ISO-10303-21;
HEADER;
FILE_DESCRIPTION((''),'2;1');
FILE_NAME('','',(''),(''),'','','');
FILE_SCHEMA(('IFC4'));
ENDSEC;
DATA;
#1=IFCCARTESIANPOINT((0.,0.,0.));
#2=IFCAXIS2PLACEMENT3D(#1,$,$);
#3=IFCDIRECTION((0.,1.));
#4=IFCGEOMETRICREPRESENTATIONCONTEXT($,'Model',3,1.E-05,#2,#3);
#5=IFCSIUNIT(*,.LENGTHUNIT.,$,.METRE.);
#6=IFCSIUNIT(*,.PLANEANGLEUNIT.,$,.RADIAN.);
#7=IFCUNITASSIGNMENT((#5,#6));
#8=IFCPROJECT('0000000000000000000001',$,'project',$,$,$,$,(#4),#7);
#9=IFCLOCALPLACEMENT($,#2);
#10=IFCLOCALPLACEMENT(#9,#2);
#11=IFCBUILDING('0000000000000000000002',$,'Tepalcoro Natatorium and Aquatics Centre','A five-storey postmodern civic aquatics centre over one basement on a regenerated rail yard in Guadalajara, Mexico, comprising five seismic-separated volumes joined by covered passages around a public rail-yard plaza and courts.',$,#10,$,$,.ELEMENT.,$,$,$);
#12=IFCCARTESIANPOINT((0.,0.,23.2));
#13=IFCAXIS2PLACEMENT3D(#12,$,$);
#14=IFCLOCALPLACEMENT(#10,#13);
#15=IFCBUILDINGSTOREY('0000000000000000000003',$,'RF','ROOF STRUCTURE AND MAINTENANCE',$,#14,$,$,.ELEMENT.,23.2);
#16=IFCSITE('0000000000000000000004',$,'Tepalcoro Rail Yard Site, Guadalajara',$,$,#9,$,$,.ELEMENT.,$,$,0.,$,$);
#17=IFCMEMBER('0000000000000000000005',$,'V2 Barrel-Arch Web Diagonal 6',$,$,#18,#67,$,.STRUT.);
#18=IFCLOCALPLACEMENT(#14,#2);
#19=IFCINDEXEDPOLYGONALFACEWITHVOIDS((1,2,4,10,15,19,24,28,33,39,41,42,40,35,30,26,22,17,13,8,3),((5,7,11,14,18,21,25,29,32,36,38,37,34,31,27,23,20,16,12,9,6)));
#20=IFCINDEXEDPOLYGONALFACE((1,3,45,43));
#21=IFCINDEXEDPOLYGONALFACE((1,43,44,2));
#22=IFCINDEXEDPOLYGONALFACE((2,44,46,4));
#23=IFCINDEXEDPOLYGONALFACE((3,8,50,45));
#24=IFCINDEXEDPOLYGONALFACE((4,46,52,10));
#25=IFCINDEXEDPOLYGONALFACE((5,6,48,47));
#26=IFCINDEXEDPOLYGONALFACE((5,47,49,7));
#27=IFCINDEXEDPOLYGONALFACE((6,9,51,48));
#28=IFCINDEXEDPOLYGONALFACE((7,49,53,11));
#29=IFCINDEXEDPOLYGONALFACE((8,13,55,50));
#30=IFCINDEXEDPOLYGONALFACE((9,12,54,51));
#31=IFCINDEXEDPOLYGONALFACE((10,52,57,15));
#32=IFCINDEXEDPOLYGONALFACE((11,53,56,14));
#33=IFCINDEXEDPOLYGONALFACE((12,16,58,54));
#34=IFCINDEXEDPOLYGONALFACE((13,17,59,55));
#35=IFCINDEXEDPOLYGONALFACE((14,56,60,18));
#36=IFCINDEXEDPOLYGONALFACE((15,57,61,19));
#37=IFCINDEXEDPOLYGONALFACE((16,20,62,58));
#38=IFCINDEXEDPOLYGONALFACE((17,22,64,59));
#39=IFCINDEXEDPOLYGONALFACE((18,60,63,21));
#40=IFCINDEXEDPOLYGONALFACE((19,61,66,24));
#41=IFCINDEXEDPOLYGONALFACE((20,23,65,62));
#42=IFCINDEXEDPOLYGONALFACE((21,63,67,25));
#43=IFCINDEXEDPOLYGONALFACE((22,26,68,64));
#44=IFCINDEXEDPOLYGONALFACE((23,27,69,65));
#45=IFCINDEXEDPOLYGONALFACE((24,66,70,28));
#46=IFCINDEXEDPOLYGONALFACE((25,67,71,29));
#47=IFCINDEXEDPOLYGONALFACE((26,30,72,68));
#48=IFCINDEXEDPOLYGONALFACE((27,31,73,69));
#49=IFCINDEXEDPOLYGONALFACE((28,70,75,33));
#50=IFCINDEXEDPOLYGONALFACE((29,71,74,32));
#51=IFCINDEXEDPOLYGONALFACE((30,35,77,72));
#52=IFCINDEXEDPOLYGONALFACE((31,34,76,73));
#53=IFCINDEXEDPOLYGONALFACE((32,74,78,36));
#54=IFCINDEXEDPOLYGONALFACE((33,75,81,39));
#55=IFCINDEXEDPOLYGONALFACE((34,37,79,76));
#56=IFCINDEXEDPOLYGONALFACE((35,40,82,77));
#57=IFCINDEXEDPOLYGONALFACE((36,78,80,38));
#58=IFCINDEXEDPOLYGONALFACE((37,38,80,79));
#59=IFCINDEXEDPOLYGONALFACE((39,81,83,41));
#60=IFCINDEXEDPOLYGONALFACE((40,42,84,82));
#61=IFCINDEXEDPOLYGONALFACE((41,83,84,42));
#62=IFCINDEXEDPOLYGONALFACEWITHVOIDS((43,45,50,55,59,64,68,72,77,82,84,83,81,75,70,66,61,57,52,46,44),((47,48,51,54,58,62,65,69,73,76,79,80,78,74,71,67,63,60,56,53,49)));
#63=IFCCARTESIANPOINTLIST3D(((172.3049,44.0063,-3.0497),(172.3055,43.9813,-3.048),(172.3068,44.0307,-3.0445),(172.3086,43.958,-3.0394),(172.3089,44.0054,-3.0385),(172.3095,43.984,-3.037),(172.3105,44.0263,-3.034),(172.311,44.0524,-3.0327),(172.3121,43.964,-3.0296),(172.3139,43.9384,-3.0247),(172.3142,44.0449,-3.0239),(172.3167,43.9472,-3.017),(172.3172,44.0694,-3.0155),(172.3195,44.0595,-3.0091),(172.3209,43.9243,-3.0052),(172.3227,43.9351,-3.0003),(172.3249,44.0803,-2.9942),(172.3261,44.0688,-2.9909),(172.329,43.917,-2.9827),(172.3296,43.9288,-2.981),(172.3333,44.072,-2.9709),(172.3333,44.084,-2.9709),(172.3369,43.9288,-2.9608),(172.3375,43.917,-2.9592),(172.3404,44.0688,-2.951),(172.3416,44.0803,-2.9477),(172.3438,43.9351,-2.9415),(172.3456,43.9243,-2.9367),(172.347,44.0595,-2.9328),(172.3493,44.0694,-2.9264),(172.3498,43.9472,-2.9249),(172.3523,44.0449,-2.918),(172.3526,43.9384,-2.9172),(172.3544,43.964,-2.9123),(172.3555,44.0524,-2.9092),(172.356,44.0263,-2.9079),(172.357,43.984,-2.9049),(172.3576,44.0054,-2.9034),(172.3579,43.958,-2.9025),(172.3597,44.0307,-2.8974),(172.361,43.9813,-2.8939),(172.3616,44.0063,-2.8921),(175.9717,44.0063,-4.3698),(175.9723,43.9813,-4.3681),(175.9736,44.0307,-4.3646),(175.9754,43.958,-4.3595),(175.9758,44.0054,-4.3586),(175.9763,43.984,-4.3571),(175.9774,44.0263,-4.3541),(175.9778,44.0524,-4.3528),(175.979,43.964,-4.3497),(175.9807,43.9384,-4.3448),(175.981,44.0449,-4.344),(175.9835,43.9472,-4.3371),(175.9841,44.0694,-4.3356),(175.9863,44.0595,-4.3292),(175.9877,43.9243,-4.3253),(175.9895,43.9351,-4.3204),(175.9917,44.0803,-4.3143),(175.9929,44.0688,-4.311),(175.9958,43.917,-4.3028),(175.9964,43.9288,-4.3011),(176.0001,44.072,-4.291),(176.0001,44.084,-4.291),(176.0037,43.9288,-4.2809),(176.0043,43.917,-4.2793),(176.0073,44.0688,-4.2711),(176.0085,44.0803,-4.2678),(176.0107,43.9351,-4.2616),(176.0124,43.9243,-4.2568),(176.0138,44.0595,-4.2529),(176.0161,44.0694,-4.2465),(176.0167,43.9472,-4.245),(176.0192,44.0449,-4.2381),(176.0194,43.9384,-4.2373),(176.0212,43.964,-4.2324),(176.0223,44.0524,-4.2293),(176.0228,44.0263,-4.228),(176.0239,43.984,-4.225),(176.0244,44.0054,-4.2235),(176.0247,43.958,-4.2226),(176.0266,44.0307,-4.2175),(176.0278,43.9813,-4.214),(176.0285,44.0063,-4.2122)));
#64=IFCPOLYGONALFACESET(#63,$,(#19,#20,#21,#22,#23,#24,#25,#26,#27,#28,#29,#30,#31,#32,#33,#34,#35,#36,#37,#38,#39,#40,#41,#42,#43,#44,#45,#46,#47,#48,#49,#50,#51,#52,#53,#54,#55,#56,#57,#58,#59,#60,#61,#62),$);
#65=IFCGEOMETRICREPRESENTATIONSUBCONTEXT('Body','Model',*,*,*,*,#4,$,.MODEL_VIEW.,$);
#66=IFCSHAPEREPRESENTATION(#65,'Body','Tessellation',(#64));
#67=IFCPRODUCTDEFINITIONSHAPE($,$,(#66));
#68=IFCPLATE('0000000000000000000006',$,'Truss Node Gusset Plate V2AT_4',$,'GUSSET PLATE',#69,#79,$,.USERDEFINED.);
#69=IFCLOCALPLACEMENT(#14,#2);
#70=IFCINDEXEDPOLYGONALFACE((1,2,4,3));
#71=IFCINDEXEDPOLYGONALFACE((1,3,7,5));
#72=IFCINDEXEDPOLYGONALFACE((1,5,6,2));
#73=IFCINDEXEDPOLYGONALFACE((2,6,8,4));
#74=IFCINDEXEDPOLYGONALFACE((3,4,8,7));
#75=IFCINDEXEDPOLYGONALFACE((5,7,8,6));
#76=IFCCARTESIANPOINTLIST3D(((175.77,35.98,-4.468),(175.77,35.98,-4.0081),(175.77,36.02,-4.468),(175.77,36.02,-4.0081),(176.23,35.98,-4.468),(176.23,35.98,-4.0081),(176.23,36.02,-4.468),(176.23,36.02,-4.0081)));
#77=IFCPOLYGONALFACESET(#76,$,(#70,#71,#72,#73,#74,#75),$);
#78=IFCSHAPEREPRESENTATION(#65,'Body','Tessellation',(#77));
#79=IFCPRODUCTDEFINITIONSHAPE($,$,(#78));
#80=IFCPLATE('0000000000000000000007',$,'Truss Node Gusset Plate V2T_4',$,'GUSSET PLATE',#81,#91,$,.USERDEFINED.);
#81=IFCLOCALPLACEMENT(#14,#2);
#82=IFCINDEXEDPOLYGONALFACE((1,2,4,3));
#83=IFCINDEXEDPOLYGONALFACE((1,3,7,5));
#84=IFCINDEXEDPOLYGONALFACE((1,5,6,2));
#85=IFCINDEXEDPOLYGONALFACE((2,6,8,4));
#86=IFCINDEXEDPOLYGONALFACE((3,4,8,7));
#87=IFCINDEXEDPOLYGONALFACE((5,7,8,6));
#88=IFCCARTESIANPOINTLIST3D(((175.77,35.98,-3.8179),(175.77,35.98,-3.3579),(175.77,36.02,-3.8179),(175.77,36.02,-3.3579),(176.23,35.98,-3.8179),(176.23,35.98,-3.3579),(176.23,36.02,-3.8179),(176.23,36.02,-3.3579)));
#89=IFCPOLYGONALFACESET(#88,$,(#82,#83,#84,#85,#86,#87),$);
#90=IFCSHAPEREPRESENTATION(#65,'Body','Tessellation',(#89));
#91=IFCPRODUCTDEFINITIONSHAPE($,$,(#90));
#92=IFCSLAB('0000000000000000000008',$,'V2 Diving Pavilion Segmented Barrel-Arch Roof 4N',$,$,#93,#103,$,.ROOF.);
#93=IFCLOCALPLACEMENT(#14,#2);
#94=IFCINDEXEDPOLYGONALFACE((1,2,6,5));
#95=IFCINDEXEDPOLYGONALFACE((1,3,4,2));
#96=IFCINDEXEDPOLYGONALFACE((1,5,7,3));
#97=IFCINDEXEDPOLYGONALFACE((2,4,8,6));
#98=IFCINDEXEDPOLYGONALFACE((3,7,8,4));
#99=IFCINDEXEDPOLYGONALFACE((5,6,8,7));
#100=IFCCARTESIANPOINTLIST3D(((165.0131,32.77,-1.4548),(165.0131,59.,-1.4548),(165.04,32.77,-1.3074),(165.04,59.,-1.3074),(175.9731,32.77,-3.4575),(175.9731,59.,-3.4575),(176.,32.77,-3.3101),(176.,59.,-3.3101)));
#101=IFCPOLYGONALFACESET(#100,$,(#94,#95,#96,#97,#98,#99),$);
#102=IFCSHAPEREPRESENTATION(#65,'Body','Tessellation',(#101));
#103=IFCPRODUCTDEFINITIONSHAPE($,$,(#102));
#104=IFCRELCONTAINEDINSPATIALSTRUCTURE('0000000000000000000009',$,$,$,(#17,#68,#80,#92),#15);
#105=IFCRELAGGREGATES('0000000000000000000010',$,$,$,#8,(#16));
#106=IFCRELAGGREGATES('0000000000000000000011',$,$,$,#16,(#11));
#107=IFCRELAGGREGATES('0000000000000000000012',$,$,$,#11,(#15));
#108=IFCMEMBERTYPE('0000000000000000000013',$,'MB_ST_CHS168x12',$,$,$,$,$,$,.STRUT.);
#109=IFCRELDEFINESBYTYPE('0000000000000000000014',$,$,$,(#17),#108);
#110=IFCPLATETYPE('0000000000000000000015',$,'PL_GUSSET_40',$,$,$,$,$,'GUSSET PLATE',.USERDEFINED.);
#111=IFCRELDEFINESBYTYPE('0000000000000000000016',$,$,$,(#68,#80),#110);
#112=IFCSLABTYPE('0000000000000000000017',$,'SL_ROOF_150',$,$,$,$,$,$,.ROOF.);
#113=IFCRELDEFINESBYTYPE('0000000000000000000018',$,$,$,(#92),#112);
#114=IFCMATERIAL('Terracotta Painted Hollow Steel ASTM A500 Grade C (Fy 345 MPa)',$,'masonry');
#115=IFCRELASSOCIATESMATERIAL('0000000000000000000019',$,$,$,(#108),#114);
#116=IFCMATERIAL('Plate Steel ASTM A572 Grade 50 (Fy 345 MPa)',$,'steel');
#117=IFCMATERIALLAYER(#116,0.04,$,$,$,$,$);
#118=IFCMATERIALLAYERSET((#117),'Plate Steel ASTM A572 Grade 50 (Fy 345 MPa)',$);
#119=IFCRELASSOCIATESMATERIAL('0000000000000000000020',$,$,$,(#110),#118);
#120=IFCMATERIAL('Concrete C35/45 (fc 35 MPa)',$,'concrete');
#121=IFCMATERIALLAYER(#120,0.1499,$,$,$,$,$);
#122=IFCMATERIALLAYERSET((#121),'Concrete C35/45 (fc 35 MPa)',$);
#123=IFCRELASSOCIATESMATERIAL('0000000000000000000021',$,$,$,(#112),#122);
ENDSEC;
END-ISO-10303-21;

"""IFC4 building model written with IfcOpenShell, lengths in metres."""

from ifc_helpers import new_model, si_unit, direction, frame, origin, origin_2d, place, context, subcontext, project, spatial, polyline, rectangle, hollow_circle, outline, extrude, material, layer, layer_set, material_profile, profile_set, type_object, element, save


model = new_model("IFC4")

# Units and contexts
model_context = context("Model", 3, precision=1e-05, world=origin(), true_north=direction((0.0, 1.0)))
body_context = subcontext(model_context, "Body", "Model", "MODEL_VIEW")
ifc_project = project(units=[si_unit("LENGTHUNIT", "METRE"), si_unit("PLANEANGLEUNIT", "RADIAN")], contexts=[model_context])

# Site, building, storey
site_placement = place(None, origin())
site = spatial("IfcSite", under=ifc_project, at=site_placement, Name="Tepalcoro Rail Yard Site, Guadalajara", CompositionType="ELEMENT", RefElevation=0.0)
building_placement = place(site_placement, origin())
building = spatial("IfcBuilding", under=site, at=building_placement, Name="Tepalcoro Natatorium and Aquatics Centre", Description="A five-storey postmodern civic aquatics centre over one basement on a regenerated rail yard in Guadalajara, Mexico, comprising five seismic-separated volumes joined by covered passages around a public rail-yard plaza and courts.", CompositionType="ELEMENT")
storey_placement = place(building_placement, frame((0.0, 0.0, 23.2)))
storey = spatial("IfcBuildingStorey", under=building, at=storey_placement, Name="RF", Description="ROOF STRUCTURE AND MAINTENANCE", CompositionType="ELEMENT", Elevation=23.2)

# Shared definitions
ifc_material_1 = material(Name="Terracotta Painted Hollow Steel ASTM A500 Grade C (Fy 345 MPa)", Category="masonry")

# Member
ifc_material_profile_1 = material_profile(ifc_material_1, hollow_circle(Radius=0.084, WallThickness=0.012, at=origin_2d()), Name="CHS168X12")
ifc_profile_set_1 = profile_set([ifc_material_profile_1], Name="Terracotta Painted Hollow Steel ASTM A500 Grade C (Fy 345 MPa)")
member_type_1 = type_object("IfcMemberType", Name="MB_ST_CHS168x12", PredefinedType="STRUT", material=ifc_profile_set_1)
member_1_placement = place(storey_placement, frame((172.3333, 44.0, -2.9709), z_axis=(0.940884, 0.0, -0.338728), x_axis=(0.0, 1.0, 0.0)))
element("IfcMember", 1, at=member_1_placement, inside=storey, type_object=member_type_1, Name="V2 Barrel-Arch Web Diagonal 6", PredefinedType="STRUT", context=body_context, shape_type="SweptSolid", body=[
    extrude(hollow_circle(Radius=0.084, WallThickness=0.012, at=origin_2d()), origin(), (0.0, 0.0, 1.0), 3.8972),
])

# Plates
ifc_material_2 = material(Name="Plate Steel ASTM A572 Grade 50 (Fy 345 MPa)", Category="steel")
ifc_layer_1 = layer(ifc_material_2, 0.04)
ifc_layer_set_1 = layer_set([ifc_layer_1], Name="Plate Steel ASTM A572 Grade 50 (Fy 345 MPa)")
plate_type = type_object("IfcPlateType", Name="PL_GUSSET_40", ElementType="GUSSET PLATE", PredefinedType="USERDEFINED", material=ifc_layer_set_1)
for number, where, z_axis, x_axis, name in (
    (2, (176.0, 36.0, -4.468), (0.0, 0.0, 1.0), (1.0, 0.0, 0.0), "Truss Node Gusset Plate V2AT_4"),
    (3, (176.0, 36.0, -3.8179), (0.0, 0.0, 1.0), (1.0, 0.0, 0.0), "Truss Node Gusset Plate V2T_4"),
):
    element("IfcPlate", number, at=place(storey_placement, frame(where, z_axis=z_axis, x_axis=x_axis)), inside=storey, type_object=plate_type, Name=name, ObjectType="GUSSET PLATE", PredefinedType="USERDEFINED", context=body_context, shape_type="SweptSolid", body=[
        extrude(rectangle(XDim=0.46, YDim=0.04, at=origin_2d()), origin(), (0.0, 0.0, 1.0), 0.46),
    ])

# Slab
ifc_material_3 = material(Name="Concrete C35/45 (fc 35 MPa)", Category="concrete")
ifc_layer_2 = layer(ifc_material_3, 0.1499)
ifc_layer_set_2 = layer_set([ifc_layer_2], Name="Concrete C35/45 (fc 35 MPa)")
slab_type = type_object("IfcSlabType", Name="SL_ROOF_150", PredefinedType="ROOF", material=ifc_layer_set_2)
slab_placement = place(storey_placement, frame((165.04, 32.77, -1.3074), z_axis=(0.179751, 0.0, 0.983712), x_axis=(0.983712, 0.0, -0.179751)))
element("IfcSlab", 4, at=slab_placement, inside=storey, type_object=slab_type, Name="V2 Diving Pavilion Segmented Barrel-Arch Roof 4N", PredefinedType="ROOF", context=body_context, shape_type="SweptSolid", body=[
    extrude(outline(polyline([(0.0, 0.0), (11.1414, 0.0), (11.1414, 26.23), (0.0, 26.23), (0.0, 0.0)])), origin(), (0.0, 0.0, -1.0), 0.1499),
])

save(model, "model.ifc")
